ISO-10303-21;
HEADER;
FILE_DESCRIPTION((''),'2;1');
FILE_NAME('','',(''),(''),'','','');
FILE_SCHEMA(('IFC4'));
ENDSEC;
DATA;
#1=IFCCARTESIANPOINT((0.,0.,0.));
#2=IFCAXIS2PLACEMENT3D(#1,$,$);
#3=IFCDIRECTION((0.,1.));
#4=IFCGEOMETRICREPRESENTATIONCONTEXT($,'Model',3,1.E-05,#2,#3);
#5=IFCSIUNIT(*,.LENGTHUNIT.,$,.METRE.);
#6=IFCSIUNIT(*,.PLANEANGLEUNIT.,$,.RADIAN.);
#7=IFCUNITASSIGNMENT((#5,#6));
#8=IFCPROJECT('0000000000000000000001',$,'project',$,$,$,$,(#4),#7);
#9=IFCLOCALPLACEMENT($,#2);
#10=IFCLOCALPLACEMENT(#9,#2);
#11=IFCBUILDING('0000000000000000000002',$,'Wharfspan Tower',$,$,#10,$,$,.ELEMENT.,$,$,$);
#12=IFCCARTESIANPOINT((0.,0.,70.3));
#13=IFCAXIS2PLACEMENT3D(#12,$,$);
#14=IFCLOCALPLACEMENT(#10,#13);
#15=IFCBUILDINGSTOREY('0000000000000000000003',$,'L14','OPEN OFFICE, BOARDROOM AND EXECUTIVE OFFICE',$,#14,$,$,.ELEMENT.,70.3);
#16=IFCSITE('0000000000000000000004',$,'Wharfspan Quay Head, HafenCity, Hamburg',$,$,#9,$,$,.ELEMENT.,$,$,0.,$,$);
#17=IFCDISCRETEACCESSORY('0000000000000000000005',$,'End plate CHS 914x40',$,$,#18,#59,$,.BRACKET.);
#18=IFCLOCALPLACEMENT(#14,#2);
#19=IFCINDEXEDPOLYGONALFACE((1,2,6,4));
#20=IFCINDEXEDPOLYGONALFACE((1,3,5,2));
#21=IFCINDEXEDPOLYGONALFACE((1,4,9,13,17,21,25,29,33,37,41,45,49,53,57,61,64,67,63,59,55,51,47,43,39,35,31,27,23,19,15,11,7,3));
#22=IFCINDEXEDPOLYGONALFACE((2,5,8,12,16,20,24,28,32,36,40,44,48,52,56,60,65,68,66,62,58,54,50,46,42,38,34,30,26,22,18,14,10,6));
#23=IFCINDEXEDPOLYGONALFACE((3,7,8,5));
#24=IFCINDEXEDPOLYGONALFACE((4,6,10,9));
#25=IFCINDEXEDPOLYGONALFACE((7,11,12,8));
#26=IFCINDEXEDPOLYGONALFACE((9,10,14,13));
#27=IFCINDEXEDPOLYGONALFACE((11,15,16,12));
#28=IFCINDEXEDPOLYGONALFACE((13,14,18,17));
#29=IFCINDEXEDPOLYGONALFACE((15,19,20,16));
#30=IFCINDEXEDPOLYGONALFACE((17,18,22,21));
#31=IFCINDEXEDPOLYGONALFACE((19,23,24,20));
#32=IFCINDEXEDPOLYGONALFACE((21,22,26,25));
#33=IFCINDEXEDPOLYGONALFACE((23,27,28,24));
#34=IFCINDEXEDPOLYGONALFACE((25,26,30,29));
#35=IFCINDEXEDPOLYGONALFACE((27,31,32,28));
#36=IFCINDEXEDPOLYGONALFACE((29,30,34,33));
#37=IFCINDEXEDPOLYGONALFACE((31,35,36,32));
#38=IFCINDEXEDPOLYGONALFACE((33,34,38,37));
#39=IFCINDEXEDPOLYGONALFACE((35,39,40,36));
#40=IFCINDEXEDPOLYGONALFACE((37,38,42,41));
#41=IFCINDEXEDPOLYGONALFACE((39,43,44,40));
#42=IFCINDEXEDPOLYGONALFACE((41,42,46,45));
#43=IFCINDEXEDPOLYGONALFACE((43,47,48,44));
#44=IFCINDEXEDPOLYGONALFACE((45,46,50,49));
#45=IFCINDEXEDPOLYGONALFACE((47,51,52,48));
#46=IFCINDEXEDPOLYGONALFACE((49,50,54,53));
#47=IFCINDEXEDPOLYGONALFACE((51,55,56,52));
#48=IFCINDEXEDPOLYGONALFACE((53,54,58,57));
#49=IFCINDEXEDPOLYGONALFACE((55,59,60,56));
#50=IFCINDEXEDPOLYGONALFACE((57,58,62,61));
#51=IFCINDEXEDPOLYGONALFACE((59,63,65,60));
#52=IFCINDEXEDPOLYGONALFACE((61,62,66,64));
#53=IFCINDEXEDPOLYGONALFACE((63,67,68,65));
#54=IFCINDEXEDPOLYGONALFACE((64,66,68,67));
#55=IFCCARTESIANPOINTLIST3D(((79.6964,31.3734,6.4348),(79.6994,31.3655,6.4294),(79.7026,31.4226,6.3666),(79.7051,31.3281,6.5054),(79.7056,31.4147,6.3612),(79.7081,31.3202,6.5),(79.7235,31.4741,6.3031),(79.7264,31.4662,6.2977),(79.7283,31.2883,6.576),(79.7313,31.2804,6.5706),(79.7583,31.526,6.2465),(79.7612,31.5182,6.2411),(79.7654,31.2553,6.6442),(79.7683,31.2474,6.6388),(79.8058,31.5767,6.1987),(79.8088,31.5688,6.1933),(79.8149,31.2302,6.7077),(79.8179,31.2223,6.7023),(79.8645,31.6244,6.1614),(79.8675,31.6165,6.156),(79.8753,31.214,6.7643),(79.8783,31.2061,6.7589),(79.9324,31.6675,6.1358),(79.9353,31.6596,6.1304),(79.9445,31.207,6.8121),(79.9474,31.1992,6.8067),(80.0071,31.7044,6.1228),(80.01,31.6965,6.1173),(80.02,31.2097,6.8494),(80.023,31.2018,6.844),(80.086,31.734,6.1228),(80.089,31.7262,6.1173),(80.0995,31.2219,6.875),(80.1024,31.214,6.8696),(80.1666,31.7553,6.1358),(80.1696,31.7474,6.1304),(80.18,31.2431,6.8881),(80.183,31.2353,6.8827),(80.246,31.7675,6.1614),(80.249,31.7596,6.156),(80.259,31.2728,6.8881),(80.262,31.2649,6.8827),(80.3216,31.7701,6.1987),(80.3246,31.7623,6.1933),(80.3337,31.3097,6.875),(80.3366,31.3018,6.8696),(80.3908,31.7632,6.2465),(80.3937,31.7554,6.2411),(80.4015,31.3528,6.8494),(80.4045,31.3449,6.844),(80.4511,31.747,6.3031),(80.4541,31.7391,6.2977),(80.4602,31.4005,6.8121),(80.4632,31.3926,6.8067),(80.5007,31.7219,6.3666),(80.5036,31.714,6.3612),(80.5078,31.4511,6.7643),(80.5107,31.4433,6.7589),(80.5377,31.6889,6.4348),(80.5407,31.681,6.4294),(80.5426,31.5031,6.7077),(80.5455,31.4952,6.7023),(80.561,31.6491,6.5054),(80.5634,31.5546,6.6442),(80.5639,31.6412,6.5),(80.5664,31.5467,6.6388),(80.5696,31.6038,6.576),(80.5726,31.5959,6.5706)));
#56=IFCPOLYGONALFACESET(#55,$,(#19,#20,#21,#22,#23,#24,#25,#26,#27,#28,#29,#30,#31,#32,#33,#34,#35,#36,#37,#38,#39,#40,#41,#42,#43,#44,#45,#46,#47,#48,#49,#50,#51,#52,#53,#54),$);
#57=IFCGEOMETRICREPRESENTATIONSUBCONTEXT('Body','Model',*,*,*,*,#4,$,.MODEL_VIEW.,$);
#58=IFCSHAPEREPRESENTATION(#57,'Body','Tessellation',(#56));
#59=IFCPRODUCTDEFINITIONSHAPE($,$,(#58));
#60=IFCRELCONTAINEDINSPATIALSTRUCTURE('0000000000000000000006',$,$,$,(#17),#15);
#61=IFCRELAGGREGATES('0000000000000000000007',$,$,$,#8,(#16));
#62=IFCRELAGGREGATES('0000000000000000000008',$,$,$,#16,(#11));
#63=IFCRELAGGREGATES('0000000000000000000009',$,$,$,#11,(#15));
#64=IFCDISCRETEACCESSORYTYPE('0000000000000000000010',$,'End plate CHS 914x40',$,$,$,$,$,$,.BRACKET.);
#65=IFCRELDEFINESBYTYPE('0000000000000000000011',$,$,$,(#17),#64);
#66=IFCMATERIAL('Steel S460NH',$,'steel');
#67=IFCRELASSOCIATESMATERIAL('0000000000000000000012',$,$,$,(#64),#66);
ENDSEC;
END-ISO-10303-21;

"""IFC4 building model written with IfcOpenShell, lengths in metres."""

from ifc_helpers import new_model, si_unit, direction, frame, origin, origin_2d, place, context, subcontext, project, spatial, circle, extrude, material, material_profile, profile_set, type_object, element, save


model = new_model("IFC4")

# Units and contexts
model_context = context("Model", 3, precision=1e-05, world=origin(), true_north=direction((0.0, 1.0)))
body_context = subcontext(model_context, "Body", "Model", "MODEL_VIEW")
ifc_project = project(units=[si_unit("LENGTHUNIT", "METRE"), si_unit("PLANEANGLEUNIT", "RADIAN")], contexts=[model_context])

# Site, building, storey
site_placement = place(None, origin())
site = spatial("IfcSite", under=ifc_project, at=site_placement, Name="Wharfspan Quay Head, HafenCity, Hamburg", CompositionType="ELEMENT", RefElevation=0.0)
building_placement = place(site_placement, origin())
building = spatial("IfcBuilding", under=site, at=building_placement, Name="Wharfspan Tower", CompositionType="ELEMENT")
storey_placement = place(building_placement, frame((0.0, 0.0, 70.3)))
storey = spatial("IfcBuildingStorey", under=building, at=storey_placement, Name="L14", Description="OPEN OFFICE, BOARDROOM AND EXECUTIVE OFFICE", CompositionType="ELEMENT", Elevation=70.3)

# Shared definitions
ifc_material_1 = material(Name="Steel S460NH", Category="steel")

# Discrete accessory
ifc_material_profile_1 = material_profile(ifc_material_1, circle(Radius=0.457, at=origin_2d()))
ifc_profile_set_1 = profile_set([ifc_material_profile_1], Name="Steel S460NH")
discrete_accessory_type = type_object("IfcDiscreteAccessoryType", Name="End plate CHS 914x40", PredefinedType="BRACKET", material=ifc_profile_set_1)
discrete_accessory_placement = place(storey_placement, frame((80.136, 31.4807, 6.5), z_axis=(-0.295241, 0.787309, 0.541275), x_axis=(-0.936333, -0.351125, 0.0)))
element("IfcDiscreteAccessory", 1, at=discrete_accessory_placement, inside=storey, type_object=discrete_accessory_type, Name="End plate CHS 914x40", PredefinedType="BRACKET", context=body_context, shape_type="SweptSolid", body=[
    extrude(circle(Radius=0.457, at=origin_2d()), origin(), (0.0, 0.0, 1.0), 0.01),
])

save(model, "model.ifc")
